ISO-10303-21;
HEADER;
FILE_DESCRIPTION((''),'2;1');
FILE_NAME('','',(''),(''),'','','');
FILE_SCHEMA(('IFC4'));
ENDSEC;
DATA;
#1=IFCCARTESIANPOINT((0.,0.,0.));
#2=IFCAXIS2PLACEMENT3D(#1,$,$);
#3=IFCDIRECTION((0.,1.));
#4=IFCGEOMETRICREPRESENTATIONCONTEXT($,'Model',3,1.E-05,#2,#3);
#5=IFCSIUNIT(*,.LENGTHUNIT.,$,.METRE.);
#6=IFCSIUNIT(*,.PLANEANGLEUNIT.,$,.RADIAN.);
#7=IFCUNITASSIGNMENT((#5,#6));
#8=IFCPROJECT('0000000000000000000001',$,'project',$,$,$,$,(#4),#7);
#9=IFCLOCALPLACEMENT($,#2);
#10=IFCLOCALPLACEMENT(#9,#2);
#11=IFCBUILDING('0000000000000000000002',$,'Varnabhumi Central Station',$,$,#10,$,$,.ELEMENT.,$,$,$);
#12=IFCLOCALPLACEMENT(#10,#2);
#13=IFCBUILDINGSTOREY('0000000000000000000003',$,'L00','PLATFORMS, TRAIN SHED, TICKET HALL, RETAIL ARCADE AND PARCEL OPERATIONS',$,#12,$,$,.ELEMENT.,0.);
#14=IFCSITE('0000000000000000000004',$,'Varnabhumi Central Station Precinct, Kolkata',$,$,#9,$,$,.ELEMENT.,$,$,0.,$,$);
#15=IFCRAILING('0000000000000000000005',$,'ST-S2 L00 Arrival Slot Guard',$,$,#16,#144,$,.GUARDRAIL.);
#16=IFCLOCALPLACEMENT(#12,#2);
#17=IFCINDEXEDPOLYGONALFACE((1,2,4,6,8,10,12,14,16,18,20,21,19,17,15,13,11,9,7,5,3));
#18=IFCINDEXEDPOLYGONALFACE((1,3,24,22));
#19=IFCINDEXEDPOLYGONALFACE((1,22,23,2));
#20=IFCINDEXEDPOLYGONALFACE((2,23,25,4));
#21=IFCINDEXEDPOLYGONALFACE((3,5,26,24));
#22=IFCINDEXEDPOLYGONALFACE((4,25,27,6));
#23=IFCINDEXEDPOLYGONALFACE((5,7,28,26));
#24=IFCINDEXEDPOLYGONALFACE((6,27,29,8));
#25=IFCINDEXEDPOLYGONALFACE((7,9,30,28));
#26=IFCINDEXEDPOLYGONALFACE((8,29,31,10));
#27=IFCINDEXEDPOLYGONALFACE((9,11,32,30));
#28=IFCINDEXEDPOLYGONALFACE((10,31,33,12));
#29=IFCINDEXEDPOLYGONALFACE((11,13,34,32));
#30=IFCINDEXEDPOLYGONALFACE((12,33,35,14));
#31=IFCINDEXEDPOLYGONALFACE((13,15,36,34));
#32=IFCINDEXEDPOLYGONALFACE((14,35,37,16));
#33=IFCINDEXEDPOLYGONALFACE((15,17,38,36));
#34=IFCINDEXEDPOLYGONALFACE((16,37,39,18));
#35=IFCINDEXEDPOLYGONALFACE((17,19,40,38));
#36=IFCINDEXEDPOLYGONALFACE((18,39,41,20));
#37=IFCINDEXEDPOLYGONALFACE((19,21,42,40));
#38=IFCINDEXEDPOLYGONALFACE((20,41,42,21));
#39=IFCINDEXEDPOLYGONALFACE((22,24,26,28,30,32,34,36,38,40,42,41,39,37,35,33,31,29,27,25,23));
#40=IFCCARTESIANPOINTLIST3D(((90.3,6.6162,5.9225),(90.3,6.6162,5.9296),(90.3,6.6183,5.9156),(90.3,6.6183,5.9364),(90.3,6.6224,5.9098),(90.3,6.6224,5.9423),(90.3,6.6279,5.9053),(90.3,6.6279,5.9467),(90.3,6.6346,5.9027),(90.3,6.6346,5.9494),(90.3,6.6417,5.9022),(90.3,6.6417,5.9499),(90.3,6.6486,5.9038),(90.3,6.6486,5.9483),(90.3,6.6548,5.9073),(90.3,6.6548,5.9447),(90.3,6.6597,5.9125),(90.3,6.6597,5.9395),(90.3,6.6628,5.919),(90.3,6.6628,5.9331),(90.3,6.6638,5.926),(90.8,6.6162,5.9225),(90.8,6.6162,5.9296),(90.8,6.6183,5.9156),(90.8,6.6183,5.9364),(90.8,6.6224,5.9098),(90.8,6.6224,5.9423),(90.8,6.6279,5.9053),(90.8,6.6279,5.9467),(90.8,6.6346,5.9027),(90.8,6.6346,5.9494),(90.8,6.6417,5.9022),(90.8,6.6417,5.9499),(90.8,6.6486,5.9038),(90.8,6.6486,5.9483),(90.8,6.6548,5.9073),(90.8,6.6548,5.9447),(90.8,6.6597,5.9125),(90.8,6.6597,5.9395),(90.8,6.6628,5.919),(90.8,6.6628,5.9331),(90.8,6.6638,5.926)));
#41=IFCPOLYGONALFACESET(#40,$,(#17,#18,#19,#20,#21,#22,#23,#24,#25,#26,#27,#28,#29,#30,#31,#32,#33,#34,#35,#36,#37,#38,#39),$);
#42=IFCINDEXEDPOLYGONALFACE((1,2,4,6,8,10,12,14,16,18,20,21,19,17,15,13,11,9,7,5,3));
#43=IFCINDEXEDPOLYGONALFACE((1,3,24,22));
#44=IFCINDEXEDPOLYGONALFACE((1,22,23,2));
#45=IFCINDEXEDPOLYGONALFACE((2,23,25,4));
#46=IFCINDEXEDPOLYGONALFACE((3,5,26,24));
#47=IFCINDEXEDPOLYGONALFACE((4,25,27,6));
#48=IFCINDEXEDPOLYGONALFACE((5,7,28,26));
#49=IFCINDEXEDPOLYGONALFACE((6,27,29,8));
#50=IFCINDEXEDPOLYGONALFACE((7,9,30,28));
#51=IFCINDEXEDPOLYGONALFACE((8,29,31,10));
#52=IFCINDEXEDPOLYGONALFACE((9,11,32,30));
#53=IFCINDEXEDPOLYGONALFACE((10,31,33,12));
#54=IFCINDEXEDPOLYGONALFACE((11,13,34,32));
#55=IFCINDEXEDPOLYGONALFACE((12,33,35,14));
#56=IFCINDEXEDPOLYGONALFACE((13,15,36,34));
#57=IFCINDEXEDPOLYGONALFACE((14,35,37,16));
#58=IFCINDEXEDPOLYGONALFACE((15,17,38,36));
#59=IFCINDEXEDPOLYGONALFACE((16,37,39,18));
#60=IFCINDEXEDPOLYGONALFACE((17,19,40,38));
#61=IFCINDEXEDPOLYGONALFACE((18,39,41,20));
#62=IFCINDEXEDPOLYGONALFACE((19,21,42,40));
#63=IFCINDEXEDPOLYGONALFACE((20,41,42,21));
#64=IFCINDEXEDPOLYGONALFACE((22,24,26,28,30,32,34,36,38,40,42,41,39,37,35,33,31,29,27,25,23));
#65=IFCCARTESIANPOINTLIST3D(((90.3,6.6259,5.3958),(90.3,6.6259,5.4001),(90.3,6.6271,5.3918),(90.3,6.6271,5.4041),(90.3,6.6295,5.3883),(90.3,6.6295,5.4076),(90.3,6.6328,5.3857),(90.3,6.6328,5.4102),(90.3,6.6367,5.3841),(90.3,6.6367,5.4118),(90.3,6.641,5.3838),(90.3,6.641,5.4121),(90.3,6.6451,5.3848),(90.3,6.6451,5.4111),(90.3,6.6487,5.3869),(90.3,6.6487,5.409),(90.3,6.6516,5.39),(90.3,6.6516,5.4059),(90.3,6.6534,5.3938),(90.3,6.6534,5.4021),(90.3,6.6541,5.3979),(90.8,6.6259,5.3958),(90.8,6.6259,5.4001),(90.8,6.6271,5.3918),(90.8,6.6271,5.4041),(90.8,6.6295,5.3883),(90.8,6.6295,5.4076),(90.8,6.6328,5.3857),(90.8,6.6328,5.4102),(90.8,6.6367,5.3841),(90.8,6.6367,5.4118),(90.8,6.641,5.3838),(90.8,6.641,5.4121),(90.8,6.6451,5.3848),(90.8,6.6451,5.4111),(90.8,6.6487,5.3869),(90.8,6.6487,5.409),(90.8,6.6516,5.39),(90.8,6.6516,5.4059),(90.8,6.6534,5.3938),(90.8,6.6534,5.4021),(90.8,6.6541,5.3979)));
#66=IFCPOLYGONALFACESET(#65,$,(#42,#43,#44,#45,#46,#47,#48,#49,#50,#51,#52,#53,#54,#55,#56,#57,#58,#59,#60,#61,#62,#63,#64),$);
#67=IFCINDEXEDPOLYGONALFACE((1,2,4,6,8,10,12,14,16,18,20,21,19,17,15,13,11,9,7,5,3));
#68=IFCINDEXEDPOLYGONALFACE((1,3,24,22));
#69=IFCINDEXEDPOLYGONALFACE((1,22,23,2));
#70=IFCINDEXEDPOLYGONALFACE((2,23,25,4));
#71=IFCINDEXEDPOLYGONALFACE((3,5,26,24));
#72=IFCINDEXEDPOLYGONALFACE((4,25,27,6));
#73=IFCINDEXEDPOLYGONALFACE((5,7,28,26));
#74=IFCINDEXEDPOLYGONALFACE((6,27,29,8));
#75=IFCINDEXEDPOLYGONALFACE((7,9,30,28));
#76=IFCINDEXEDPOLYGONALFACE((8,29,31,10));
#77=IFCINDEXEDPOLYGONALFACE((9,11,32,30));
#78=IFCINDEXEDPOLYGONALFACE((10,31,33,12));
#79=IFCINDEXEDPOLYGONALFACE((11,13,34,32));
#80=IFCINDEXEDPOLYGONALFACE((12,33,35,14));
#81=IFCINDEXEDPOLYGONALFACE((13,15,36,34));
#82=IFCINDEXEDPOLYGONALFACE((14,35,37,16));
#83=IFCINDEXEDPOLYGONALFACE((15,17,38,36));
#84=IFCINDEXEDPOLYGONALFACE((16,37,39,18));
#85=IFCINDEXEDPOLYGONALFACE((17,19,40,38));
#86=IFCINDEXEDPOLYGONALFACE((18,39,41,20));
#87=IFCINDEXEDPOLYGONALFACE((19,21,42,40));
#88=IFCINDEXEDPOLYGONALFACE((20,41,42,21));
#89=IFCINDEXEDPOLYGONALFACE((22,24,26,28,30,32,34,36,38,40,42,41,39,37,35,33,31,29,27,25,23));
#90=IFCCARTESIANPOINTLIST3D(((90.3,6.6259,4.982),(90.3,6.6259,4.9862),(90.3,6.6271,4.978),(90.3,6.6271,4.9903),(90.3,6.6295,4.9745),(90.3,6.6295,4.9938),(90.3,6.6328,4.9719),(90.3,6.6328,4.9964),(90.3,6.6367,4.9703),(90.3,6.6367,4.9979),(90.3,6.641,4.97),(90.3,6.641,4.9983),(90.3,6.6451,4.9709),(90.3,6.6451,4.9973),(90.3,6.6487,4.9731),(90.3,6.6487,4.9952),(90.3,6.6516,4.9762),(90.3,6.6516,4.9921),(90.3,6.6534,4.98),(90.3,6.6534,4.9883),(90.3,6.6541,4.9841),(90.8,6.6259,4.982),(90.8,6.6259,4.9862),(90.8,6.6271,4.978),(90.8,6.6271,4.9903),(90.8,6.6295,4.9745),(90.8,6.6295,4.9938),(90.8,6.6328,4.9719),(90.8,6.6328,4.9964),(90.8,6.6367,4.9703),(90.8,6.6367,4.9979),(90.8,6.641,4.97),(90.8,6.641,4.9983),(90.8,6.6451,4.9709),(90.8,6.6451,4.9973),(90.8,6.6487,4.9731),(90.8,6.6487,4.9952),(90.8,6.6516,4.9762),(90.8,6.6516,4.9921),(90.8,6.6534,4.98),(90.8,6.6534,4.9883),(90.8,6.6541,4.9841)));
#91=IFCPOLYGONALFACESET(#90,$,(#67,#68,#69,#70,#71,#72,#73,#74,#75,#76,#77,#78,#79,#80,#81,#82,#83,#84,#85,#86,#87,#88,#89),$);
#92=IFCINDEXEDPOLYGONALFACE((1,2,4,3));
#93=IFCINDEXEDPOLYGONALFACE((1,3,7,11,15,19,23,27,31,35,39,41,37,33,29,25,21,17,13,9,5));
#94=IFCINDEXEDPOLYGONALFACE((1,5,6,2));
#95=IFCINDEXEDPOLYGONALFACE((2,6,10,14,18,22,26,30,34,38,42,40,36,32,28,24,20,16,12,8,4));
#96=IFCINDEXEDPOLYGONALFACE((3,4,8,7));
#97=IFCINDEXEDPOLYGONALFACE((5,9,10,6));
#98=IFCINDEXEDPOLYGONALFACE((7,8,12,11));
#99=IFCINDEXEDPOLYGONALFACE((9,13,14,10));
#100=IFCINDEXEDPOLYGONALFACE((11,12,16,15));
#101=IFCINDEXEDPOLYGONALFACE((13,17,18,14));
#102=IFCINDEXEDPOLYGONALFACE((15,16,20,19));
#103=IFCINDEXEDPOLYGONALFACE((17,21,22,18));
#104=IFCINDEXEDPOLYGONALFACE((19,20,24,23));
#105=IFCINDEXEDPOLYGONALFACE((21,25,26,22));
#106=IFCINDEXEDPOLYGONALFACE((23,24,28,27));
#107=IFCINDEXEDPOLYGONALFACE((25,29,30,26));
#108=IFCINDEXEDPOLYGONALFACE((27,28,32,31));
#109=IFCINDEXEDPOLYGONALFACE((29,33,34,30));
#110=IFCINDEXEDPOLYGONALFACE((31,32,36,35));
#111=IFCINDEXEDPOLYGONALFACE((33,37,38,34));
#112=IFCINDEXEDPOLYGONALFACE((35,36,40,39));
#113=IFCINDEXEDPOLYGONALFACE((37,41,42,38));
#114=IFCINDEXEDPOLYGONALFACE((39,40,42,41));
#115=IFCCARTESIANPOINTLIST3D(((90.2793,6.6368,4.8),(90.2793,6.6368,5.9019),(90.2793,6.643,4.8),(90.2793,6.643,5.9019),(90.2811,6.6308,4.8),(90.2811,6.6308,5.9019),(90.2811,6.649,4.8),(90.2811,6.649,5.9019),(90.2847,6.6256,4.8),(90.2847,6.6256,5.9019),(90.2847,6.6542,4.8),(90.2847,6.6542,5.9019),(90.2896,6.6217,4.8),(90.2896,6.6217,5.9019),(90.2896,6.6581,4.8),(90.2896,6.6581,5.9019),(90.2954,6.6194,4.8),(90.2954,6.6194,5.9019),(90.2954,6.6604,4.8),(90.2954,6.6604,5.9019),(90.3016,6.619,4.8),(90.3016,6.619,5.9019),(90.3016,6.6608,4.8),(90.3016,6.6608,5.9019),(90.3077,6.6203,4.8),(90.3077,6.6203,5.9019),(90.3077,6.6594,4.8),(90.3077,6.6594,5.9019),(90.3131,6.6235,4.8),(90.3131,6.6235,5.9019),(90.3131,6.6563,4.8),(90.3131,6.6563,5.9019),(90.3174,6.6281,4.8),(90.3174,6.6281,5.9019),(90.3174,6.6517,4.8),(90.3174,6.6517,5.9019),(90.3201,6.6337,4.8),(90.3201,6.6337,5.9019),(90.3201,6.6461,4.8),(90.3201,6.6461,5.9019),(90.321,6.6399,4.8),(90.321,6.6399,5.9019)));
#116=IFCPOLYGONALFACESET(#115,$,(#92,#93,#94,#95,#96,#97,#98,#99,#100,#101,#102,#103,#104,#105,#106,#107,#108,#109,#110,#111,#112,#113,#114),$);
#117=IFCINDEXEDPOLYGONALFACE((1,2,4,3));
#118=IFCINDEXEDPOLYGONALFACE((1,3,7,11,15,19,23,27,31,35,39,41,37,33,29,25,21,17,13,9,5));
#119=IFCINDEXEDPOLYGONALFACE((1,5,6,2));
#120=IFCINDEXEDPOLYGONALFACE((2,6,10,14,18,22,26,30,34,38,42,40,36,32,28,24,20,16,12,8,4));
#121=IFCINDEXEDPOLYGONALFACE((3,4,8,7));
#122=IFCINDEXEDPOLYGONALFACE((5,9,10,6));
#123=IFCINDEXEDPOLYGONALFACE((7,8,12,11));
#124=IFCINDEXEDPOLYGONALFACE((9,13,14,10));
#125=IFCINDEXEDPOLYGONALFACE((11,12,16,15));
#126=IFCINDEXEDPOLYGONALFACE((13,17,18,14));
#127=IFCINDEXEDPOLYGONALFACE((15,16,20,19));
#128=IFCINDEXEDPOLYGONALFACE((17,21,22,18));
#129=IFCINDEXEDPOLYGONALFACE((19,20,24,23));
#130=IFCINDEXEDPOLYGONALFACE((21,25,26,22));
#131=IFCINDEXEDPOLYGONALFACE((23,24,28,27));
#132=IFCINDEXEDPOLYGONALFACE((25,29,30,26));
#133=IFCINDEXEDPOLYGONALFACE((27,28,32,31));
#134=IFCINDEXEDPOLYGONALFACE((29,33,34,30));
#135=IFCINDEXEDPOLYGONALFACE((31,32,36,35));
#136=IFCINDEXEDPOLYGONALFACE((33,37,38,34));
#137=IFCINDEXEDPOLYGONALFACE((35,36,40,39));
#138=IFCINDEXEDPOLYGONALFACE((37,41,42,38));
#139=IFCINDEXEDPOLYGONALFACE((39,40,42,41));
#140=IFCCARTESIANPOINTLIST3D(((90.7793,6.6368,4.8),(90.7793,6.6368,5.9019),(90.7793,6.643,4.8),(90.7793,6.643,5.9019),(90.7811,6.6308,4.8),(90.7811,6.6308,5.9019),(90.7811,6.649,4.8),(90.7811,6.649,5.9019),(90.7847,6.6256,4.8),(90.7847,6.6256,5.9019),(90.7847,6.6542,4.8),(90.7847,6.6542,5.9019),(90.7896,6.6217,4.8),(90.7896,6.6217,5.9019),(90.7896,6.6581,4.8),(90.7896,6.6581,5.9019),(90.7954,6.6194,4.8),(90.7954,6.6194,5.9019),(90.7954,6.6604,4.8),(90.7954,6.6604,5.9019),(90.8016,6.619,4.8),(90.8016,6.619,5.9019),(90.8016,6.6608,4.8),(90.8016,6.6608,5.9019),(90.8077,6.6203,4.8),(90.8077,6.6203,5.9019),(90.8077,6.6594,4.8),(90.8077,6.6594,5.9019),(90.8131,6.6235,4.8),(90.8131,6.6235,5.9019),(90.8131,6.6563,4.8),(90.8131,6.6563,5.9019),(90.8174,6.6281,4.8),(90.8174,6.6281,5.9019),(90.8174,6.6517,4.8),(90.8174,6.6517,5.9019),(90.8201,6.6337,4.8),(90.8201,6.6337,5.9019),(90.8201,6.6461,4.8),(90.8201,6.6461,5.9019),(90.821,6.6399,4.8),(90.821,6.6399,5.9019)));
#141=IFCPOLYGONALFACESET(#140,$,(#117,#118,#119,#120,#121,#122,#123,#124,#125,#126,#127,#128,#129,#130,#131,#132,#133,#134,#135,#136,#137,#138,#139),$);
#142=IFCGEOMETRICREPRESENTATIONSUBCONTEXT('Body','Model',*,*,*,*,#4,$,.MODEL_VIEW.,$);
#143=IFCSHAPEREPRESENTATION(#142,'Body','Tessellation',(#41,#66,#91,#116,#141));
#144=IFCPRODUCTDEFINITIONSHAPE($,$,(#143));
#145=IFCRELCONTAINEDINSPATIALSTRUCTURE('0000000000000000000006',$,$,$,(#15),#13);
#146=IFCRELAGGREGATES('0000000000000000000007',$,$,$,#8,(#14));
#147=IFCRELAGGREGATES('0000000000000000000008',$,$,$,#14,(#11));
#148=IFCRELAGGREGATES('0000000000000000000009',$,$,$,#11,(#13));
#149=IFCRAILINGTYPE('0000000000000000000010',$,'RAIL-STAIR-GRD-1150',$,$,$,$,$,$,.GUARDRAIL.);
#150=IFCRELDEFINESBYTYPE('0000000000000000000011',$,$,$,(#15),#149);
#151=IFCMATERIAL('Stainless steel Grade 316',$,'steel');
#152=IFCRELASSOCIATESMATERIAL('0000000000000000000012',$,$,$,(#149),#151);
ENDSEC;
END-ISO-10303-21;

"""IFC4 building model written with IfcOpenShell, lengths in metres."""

from ifc_helpers import new_model, si_unit, direction, frame, origin, origin_2d, place, context, subcontext, project, spatial, circle, extrude, material, type_object, element, save


model = new_model("IFC4")

# Units and contexts
model_context = context("Model", 3, precision=1e-05, world=origin(), true_north=direction((0.0, 1.0)))
body_context = subcontext(model_context, "Body", "Model", "MODEL_VIEW")
ifc_project = project(units=[si_unit("LENGTHUNIT", "METRE"), si_unit("PLANEANGLEUNIT", "RADIAN")], contexts=[model_context])

# Site, building, storey
site_placement = place(None, origin())
site = spatial("IfcSite", under=ifc_project, at=site_placement, Name="Varnabhumi Central Station Precinct, Kolkata", CompositionType="ELEMENT", RefElevation=0.0)
building_placement = place(site_placement, origin())
building = spatial("IfcBuilding", under=site, at=building_placement, Name="Varnabhumi Central Station", CompositionType="ELEMENT")
storey_placement = place(building_placement, origin())
storey = spatial("IfcBuildingStorey", under=building, at=storey_placement, Name="L00", Description="PLATFORMS, TRAIN SHED, TICKET HALL, RETAIL ARCADE AND PARCEL OPERATIONS", CompositionType="ELEMENT", Elevation=0.0)

# Shared definitions
ifc_material_1 = material(Name="Stainless steel Grade 316", Category="steel")

# Railing
railing_type_1 = type_object("IfcRailingType", Name="RAIL-STAIR-GRD-1150", PredefinedType="GUARDRAIL", material=ifc_material_1)
railing_1_placement = place(storey_placement, frame((90.3, 6.6399, 4.8)))
element("IfcRailing", 1, at=railing_1_placement, inside=storey, type_object=railing_type_1, Name="ST-S2 L00 Arrival Slot Guard", PredefinedType="GUARDRAIL", context=body_context, shape_type="SweptSolid", body=[
    extrude(circle(Radius=0.0239, at=origin_2d()), frame((0.0, 0.0, 1.126), z_axis=(1.0, 0.0, 0.0), x_axis=(0.0, 1.0, 0.0)), (0.0, 0.0, 1.0), 0.5),
    extrude(circle(Radius=0.0142, at=origin_2d()), frame((0.0, 0.0, 0.5979), z_axis=(1.0, 0.0, 0.0), x_axis=(0.0, 1.0, 0.0)), (0.0, 0.0, 1.0), 0.5),
    extrude(circle(Radius=0.0142, at=origin_2d()), frame((0.0, 0.0, 0.1841), z_axis=(1.0, 0.0, 0.0), x_axis=(0.0, 1.0, 0.0)), (0.0, 0.0, 1.0), 0.5),
    extrude(circle(Radius=0.021, at=origin_2d()), origin(), (0.0, 0.0, 1.0), 1.1018),
    extrude(circle(Radius=0.021, at=origin_2d()), frame((0.5, 0.0, 0.0)), (0.0, 0.0, 1.0), 1.1018),
])

save(model, "model.ifc")
